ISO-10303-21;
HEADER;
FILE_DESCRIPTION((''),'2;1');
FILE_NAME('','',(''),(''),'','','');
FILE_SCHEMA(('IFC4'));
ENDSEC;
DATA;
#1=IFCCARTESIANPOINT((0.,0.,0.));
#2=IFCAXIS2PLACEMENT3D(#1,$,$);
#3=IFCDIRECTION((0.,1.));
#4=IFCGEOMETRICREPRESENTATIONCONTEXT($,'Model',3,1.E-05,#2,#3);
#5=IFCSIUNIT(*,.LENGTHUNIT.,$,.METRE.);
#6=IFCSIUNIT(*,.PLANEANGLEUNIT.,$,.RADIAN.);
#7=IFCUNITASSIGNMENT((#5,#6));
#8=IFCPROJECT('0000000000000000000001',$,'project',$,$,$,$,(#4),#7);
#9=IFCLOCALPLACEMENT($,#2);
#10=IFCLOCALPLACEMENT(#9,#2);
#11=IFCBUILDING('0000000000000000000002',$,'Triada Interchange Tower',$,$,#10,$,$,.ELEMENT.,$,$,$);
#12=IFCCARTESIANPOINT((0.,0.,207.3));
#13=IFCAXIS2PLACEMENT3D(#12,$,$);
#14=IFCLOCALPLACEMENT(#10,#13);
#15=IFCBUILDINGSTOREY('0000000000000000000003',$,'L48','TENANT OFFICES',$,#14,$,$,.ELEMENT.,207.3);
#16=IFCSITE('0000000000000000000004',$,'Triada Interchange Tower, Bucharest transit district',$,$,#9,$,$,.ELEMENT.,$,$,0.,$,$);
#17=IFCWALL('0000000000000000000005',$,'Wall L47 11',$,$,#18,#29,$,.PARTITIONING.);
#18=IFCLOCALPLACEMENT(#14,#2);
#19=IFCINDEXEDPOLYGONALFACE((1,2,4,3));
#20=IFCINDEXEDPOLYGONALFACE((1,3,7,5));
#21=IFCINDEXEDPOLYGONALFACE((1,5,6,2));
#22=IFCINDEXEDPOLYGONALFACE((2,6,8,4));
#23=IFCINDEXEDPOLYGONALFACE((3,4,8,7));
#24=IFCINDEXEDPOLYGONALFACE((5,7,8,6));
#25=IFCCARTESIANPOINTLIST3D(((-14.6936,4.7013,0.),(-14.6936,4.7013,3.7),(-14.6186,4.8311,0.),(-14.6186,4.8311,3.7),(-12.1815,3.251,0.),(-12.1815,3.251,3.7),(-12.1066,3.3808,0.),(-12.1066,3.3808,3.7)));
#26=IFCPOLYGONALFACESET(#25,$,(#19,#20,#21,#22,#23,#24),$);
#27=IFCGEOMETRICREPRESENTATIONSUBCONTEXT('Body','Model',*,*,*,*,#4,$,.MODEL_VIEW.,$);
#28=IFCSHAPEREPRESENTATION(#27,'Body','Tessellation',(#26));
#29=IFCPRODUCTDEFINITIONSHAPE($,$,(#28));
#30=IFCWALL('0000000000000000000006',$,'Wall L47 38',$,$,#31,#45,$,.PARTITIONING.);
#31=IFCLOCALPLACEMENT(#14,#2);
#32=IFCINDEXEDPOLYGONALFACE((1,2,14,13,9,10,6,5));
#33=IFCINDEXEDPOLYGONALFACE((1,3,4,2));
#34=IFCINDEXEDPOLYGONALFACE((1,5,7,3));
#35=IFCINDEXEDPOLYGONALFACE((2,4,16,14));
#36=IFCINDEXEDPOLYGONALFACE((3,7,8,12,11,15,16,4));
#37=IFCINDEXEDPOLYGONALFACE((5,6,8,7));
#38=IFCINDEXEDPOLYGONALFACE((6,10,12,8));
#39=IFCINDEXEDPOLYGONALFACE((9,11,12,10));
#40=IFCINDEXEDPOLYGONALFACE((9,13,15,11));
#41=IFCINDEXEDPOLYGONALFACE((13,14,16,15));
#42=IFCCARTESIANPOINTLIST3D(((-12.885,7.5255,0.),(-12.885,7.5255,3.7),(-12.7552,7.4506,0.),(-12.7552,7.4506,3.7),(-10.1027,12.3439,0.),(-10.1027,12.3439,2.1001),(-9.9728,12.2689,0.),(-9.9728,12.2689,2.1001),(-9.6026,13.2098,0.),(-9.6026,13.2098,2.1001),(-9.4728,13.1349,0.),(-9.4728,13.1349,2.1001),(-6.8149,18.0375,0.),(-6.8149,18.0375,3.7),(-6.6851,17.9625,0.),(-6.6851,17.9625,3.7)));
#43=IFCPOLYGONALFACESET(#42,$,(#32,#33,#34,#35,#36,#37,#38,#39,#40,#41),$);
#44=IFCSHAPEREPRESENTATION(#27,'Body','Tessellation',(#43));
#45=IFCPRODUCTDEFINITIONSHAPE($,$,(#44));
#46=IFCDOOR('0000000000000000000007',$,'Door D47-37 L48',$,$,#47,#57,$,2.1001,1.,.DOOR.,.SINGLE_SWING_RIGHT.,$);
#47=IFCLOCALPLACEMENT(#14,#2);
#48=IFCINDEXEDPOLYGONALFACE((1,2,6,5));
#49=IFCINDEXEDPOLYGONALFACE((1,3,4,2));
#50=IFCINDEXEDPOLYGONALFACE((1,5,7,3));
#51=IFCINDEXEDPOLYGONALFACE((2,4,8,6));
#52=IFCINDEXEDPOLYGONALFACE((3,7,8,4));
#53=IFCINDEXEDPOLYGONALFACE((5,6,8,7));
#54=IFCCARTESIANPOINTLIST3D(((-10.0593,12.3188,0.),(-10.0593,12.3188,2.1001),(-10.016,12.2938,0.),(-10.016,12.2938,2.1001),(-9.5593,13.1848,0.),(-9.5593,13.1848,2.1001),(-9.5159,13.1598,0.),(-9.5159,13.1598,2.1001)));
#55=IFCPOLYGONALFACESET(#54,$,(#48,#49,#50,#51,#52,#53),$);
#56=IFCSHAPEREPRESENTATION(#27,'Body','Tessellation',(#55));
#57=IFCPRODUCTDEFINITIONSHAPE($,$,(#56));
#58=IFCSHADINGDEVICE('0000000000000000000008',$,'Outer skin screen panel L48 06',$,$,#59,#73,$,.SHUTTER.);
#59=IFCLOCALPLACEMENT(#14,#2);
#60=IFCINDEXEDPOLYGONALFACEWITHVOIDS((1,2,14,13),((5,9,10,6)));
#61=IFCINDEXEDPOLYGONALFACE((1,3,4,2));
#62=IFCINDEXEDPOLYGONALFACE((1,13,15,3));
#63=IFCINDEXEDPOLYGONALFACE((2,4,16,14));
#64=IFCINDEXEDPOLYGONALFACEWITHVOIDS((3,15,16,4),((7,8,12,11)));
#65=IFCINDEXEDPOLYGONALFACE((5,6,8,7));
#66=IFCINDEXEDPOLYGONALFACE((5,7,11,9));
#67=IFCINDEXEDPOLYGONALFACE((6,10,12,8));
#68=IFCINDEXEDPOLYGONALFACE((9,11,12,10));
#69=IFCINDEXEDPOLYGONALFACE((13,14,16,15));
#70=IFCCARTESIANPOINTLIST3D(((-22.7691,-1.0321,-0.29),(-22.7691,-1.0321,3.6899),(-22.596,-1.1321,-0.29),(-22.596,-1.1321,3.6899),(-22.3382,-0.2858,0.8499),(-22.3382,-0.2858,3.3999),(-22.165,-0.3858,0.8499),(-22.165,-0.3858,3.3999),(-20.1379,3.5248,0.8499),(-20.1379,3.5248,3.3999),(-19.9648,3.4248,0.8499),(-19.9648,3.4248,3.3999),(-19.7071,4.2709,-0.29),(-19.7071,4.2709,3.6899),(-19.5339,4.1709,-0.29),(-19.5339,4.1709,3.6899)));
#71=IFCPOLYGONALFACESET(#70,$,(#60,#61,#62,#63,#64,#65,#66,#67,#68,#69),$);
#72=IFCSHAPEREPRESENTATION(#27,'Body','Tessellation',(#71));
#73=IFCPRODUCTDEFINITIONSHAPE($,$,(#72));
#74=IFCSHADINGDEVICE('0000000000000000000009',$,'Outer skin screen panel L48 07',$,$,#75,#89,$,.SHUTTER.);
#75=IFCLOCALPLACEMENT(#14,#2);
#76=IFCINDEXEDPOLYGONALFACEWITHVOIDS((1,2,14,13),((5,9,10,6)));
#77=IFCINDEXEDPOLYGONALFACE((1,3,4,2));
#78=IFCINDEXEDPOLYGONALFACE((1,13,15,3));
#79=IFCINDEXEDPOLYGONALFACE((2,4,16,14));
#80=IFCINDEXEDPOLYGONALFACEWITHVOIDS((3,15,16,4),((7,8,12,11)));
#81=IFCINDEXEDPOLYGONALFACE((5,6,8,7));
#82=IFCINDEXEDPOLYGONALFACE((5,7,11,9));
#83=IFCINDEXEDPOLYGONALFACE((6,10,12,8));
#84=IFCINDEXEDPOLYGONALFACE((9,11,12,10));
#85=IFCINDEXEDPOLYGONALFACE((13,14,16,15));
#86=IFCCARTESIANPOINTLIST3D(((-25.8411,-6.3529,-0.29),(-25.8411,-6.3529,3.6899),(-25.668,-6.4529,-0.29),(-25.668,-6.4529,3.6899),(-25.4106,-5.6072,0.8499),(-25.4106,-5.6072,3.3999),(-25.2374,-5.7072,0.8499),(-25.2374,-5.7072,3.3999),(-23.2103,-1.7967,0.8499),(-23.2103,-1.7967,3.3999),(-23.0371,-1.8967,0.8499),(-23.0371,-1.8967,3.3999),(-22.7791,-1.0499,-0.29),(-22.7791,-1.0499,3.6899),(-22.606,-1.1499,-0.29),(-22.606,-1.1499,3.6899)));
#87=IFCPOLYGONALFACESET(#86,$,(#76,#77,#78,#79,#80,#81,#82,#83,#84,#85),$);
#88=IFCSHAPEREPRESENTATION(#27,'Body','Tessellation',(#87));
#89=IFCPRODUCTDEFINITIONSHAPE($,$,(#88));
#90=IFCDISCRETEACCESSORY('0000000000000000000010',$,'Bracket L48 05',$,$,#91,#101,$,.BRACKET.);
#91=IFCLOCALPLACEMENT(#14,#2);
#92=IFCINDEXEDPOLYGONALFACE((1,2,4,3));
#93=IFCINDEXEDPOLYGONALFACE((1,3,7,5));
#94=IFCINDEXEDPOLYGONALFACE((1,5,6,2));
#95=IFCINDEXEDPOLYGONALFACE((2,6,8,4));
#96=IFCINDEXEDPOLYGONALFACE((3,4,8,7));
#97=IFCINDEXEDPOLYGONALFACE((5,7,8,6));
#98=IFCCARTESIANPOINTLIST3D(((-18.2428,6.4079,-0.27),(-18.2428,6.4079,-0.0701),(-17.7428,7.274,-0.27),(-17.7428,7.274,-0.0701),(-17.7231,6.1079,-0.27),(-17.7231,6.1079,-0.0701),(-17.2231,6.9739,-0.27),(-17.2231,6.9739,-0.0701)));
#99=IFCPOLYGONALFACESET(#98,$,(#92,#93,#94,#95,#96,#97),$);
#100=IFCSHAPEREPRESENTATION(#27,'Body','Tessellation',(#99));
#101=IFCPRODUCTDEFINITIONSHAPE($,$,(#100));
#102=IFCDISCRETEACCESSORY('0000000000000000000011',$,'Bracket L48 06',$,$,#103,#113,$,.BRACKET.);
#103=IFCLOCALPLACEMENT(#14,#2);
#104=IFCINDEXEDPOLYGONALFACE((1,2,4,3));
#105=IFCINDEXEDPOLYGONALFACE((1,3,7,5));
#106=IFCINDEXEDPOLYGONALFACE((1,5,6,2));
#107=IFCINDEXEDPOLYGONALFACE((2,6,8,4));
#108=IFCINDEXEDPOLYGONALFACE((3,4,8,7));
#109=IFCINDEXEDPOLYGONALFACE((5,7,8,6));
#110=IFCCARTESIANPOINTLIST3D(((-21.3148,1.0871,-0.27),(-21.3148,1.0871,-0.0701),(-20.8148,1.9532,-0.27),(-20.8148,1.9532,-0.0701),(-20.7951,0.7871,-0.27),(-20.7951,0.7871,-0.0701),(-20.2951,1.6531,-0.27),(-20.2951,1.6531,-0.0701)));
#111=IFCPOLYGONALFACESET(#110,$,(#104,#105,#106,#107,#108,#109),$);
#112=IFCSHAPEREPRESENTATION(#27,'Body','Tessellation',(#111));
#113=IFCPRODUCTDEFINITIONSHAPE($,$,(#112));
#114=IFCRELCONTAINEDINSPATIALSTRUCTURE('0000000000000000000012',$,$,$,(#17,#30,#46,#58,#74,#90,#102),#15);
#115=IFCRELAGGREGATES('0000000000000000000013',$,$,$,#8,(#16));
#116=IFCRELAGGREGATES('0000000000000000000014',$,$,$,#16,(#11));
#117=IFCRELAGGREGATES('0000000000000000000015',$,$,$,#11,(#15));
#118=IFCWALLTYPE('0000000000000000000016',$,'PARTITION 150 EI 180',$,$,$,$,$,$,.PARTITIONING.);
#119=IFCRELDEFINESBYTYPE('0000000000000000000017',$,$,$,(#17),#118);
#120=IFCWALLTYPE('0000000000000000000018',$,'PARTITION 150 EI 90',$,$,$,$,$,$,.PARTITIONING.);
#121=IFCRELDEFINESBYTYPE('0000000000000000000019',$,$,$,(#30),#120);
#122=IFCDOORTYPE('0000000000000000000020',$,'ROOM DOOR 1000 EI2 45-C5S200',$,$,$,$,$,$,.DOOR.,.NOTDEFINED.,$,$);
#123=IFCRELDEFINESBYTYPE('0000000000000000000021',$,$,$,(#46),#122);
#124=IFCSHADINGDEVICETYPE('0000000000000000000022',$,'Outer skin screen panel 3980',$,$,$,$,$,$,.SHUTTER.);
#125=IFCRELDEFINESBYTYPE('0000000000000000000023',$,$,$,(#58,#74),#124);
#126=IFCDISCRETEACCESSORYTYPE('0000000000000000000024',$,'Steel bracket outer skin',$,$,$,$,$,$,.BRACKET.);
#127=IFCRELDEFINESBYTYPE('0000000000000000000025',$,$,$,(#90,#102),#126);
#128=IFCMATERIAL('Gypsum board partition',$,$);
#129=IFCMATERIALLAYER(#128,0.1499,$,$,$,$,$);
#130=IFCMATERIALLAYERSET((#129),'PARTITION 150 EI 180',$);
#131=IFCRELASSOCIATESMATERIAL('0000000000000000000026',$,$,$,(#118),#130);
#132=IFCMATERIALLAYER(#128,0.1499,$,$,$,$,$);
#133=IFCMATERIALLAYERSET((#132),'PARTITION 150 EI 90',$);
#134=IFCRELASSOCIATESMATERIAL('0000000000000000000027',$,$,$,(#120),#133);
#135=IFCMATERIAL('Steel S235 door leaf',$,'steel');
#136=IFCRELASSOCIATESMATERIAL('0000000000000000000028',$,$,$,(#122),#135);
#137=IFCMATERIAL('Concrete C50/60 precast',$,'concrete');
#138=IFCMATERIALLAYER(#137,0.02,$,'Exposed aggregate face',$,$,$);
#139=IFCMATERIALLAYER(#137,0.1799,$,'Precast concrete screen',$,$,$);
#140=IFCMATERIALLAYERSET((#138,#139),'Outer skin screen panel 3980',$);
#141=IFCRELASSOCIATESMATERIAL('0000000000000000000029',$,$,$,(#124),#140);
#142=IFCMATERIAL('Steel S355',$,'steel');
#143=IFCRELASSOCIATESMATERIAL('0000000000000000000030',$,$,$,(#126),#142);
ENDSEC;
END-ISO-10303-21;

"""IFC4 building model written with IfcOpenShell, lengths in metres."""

from ifc_helpers import new_model, si_unit, direction, frame, frame_2d, origin, origin_2d, place, context, subcontext, project, spatial, polyline, rectangle, outline, extrude, material, layer, layer_set, type_object, element, fill, save


model = new_model("IFC4")

# Units and contexts
model_context = context("Model", 3, precision=1e-05, world=origin(), true_north=direction((0.0, 1.0)))
body_context = subcontext(model_context, "Body", "Model", "MODEL_VIEW")
ifc_project = project(units=[si_unit("LENGTHUNIT", "METRE"), si_unit("PLANEANGLEUNIT", "RADIAN")], contexts=[model_context])

# Site, building, storey
site_placement = place(None, origin())
site = spatial("IfcSite", under=ifc_project, at=site_placement, Name="Triada Interchange Tower, Bucharest transit district", CompositionType="ELEMENT", RefElevation=0.0)
building_placement = place(site_placement, origin())
building = spatial("IfcBuilding", under=site, at=building_placement, Name="Triada Interchange Tower", CompositionType="ELEMENT")
storey_placement = place(building_placement, frame((0.0, 0.0, 207.3)))
storey = spatial("IfcBuildingStorey", under=building, at=storey_placement, Name="L48", Description="TENANT OFFICES", CompositionType="ELEMENT", Elevation=207.3)

# Shared definitions
ifc_material_1 = material(Name="Steel S235 door leaf", Category="steel")

# Wall
ifc_material_2 = material(Name="Gypsum board partition")
ifc_layer_1 = layer(ifc_material_2, 0.1499)
ifc_layer_set_1 = layer_set([ifc_layer_1], Name="PARTITION 150 EI 180")
wall_type_1 = type_object("IfcWallType", Name="PARTITION 150 EI 180", PredefinedType="PARTITIONING", material=ifc_layer_set_1)
for number, where, z_axis, x_axis, name in (
    (1, (-14.656, 4.7661, 0.0), (0.0, 0.0, 1.0), (0.866038, -0.499977, 0.0), "Wall L47 11"),
):
    element("IfcWall", number, at=place(storey_placement, frame(where, z_axis=z_axis, x_axis=x_axis)), inside=storey, type_object=wall_type_1, Name=name, PredefinedType="PARTITIONING", context=body_context, shape_type="SweptSolid", body=[
        extrude(rectangle(XDim=2.9006, YDim=0.1499, at=frame_2d((1.4502, 0.0))), origin(), (0.0, 0.0, 1.0), 3.7),
    ])

# Wall, opening, door
ifc_layer_2 = layer(ifc_material_2, 0.1499)
ifc_layer_set_2 = layer_set([ifc_layer_2], Name="PARTITION 150 EI 90")
wall_type_2 = type_object("IfcWallType", Name="PARTITION 150 EI 90", PredefinedType="PARTITIONING", material=ifc_layer_set_2)
wall_1_placement = place(storey_placement, frame((-12.8201, 7.488, 0.0), z_axis=(0.0, 0.0, 1.0), x_axis=(0.500061, 0.86599, 0.0)))
wall_1 = element("IfcWall", 2, at=wall_1_placement, inside=storey, type_object=wall_type_2, Name="Wall L47 38", PredefinedType="PARTITIONING", context=body_context, shape_type="SweptSolid", body=[
    extrude(rectangle(XDim=12.1387, YDim=0.1499, at=frame_2d((6.0693, 0.0))), origin(), (0.0, 0.0, 1.0), 3.7),
])
opening_1_placement = place(wall_1_placement, frame((5.564, 0.0, 0.0)))
opening_1 = element("IfcOpeningElement", 3, at=opening_1_placement, cuts=wall_1, PredefinedType="OPENING", context=body_context, shape_type="SweptSolid", body=[
    extrude(rectangle(XDim=1.0, YDim=2.1001, at=frame_2d((0.5, 1.05))), frame((0.0, 0.085, 0.0), z_axis=(0.0, -1.0, 0.0), x_axis=(1.0, 0.0, 0.0)), (0.0, 0.0, 1.0), 0.1699),
])
door_type_1 = type_object("IfcDoorType", Name="ROOM DOOR 1000 EI2 45-C5S200", OperationType="NOTDEFINED", PredefinedType="DOOR", material=ifc_material_1)
door_1_placement = place(opening_1_placement, origin())
door_1 = element("IfcDoor", 4, at=door_1_placement, inside=storey, type_object=door_type_1, Name="Door D47-37 L48", OperationType="SINGLE_SWING_RIGHT", OverallHeight=2.1001, OverallWidth=1.0, PredefinedType="DOOR", context=body_context, shape_type="SweptSolid", body=[
    extrude(rectangle(XDim=1.0, YDim=2.1001, at=frame_2d((0.5, 1.05))), frame((0.0, 0.0249, 0.0), z_axis=(0.0, -1.0, 0.0), x_axis=(1.0, 0.0, 0.0)), (0.0, 0.0, 1.0), 0.05),
])
fill(opening_1, door_1)

# Shading devices
ifc_material_3 = material(Name="Concrete C50/60 precast", Category="concrete")
ifc_layer_3 = layer(ifc_material_3, 0.02, Name="Exposed aggregate face")
ifc_layer_4 = layer(ifc_material_3, 0.1799, Name="Precast concrete screen")
ifc_layer_set_3 = layer_set([ifc_layer_3, ifc_layer_4], Name="Outer skin screen panel 3980")
shading_device_type = type_object("IfcShadingDeviceType", Name="Outer skin screen panel 3980", PredefinedType="SHUTTER", material=ifc_layer_set_3)
shading_device_1_placement = place(storey_placement, frame((-19.5339, 4.1709, -0.29), z_axis=(0.0, 0.0, 1.0), x_axis=(-0.500041, -0.866002, 0.0)))
element("IfcShadingDevice", 5, at=shading_device_1_placement, inside=storey, type_object=shading_device_type, Name="Outer skin screen panel L48 06", PredefinedType="SHUTTER", context=body_context, shape_type="SweptSolid", body=[
    extrude(outline(polyline([(0.0, 0.0), (6.1235, 0.0), (6.1235, 3.98), (0.0, 3.98), (0.0, 0.0)]), holes=[polyline([(0.8616, 1.1399), (0.8616, 3.6899), (5.2617, 3.6899), (5.2617, 1.1399), (0.8616, 1.1399)])]), frame((0.0, 0.0, 0.0), z_axis=(0.0, -1.0, 0.0), x_axis=(1.0, 0.0, 0.0)), (0.0, 0.0, 1.0), 0.2),
])
shading_device_2_placement = place(storey_placement, frame((-22.606, -1.1499, -0.29), z_axis=(0.0, 0.0, 1.0), x_axis=(-0.500041, -0.866002, 0.0)))
element("IfcShadingDevice", 6, at=shading_device_2_placement, inside=storey, type_object=shading_device_type, Name="Outer skin screen panel L48 07", PredefinedType="SHUTTER", context=body_context, shape_type="SweptSolid", body=[
    extrude(outline(polyline([(0.0, 0.0), (6.1235, 0.0), (6.1235, 3.98), (0.0, 3.98), (0.0, 0.0)]), holes=[polyline([(0.8623, 1.1399), (0.8623, 3.6899), (5.2625, 3.6899), (5.2625, 1.1399), (0.8623, 1.1399)])]), frame((0.0, 0.0, 0.0), z_axis=(0.0, -1.0, 0.0), x_axis=(1.0, 0.0, 0.0)), (0.0, 0.0, 1.0), 0.2),
])

# Discrete accessories
ifc_material_4 = material(Name="Steel S355", Category="steel")
discrete_accessory_type = type_object("IfcDiscreteAccessoryType", Name="Steel bracket outer skin", PredefinedType="BRACKET", material=ifc_material_4)
for number, where, z_axis, x_axis, name in (
    (7, (-17.7329, 6.6909, -0.27), (0.0, 0.0, 1.0), (-0.866021, 0.500007, 0.0), "Bracket L48 05"),
    (8, (-20.8049, 1.3701, -0.27), (0.0, 0.0, 1.0), (-0.866021, 0.500007, 0.0), "Bracket L48 06"),
):
    element("IfcDiscreteAccessory", number, at=place(storey_placement, frame(where, z_axis=z_axis, x_axis=x_axis)), inside=storey, type_object=discrete_accessory_type, Name=name, PredefinedType="BRACKET", context=body_context, shape_type="SweptSolid", body=[
        extrude(rectangle(XDim=0.6001, YDim=1.0, at=origin_2d()), origin(), (0.0, 0.0, 1.0), 0.2),
    ])

save(model, "model.ifc")
